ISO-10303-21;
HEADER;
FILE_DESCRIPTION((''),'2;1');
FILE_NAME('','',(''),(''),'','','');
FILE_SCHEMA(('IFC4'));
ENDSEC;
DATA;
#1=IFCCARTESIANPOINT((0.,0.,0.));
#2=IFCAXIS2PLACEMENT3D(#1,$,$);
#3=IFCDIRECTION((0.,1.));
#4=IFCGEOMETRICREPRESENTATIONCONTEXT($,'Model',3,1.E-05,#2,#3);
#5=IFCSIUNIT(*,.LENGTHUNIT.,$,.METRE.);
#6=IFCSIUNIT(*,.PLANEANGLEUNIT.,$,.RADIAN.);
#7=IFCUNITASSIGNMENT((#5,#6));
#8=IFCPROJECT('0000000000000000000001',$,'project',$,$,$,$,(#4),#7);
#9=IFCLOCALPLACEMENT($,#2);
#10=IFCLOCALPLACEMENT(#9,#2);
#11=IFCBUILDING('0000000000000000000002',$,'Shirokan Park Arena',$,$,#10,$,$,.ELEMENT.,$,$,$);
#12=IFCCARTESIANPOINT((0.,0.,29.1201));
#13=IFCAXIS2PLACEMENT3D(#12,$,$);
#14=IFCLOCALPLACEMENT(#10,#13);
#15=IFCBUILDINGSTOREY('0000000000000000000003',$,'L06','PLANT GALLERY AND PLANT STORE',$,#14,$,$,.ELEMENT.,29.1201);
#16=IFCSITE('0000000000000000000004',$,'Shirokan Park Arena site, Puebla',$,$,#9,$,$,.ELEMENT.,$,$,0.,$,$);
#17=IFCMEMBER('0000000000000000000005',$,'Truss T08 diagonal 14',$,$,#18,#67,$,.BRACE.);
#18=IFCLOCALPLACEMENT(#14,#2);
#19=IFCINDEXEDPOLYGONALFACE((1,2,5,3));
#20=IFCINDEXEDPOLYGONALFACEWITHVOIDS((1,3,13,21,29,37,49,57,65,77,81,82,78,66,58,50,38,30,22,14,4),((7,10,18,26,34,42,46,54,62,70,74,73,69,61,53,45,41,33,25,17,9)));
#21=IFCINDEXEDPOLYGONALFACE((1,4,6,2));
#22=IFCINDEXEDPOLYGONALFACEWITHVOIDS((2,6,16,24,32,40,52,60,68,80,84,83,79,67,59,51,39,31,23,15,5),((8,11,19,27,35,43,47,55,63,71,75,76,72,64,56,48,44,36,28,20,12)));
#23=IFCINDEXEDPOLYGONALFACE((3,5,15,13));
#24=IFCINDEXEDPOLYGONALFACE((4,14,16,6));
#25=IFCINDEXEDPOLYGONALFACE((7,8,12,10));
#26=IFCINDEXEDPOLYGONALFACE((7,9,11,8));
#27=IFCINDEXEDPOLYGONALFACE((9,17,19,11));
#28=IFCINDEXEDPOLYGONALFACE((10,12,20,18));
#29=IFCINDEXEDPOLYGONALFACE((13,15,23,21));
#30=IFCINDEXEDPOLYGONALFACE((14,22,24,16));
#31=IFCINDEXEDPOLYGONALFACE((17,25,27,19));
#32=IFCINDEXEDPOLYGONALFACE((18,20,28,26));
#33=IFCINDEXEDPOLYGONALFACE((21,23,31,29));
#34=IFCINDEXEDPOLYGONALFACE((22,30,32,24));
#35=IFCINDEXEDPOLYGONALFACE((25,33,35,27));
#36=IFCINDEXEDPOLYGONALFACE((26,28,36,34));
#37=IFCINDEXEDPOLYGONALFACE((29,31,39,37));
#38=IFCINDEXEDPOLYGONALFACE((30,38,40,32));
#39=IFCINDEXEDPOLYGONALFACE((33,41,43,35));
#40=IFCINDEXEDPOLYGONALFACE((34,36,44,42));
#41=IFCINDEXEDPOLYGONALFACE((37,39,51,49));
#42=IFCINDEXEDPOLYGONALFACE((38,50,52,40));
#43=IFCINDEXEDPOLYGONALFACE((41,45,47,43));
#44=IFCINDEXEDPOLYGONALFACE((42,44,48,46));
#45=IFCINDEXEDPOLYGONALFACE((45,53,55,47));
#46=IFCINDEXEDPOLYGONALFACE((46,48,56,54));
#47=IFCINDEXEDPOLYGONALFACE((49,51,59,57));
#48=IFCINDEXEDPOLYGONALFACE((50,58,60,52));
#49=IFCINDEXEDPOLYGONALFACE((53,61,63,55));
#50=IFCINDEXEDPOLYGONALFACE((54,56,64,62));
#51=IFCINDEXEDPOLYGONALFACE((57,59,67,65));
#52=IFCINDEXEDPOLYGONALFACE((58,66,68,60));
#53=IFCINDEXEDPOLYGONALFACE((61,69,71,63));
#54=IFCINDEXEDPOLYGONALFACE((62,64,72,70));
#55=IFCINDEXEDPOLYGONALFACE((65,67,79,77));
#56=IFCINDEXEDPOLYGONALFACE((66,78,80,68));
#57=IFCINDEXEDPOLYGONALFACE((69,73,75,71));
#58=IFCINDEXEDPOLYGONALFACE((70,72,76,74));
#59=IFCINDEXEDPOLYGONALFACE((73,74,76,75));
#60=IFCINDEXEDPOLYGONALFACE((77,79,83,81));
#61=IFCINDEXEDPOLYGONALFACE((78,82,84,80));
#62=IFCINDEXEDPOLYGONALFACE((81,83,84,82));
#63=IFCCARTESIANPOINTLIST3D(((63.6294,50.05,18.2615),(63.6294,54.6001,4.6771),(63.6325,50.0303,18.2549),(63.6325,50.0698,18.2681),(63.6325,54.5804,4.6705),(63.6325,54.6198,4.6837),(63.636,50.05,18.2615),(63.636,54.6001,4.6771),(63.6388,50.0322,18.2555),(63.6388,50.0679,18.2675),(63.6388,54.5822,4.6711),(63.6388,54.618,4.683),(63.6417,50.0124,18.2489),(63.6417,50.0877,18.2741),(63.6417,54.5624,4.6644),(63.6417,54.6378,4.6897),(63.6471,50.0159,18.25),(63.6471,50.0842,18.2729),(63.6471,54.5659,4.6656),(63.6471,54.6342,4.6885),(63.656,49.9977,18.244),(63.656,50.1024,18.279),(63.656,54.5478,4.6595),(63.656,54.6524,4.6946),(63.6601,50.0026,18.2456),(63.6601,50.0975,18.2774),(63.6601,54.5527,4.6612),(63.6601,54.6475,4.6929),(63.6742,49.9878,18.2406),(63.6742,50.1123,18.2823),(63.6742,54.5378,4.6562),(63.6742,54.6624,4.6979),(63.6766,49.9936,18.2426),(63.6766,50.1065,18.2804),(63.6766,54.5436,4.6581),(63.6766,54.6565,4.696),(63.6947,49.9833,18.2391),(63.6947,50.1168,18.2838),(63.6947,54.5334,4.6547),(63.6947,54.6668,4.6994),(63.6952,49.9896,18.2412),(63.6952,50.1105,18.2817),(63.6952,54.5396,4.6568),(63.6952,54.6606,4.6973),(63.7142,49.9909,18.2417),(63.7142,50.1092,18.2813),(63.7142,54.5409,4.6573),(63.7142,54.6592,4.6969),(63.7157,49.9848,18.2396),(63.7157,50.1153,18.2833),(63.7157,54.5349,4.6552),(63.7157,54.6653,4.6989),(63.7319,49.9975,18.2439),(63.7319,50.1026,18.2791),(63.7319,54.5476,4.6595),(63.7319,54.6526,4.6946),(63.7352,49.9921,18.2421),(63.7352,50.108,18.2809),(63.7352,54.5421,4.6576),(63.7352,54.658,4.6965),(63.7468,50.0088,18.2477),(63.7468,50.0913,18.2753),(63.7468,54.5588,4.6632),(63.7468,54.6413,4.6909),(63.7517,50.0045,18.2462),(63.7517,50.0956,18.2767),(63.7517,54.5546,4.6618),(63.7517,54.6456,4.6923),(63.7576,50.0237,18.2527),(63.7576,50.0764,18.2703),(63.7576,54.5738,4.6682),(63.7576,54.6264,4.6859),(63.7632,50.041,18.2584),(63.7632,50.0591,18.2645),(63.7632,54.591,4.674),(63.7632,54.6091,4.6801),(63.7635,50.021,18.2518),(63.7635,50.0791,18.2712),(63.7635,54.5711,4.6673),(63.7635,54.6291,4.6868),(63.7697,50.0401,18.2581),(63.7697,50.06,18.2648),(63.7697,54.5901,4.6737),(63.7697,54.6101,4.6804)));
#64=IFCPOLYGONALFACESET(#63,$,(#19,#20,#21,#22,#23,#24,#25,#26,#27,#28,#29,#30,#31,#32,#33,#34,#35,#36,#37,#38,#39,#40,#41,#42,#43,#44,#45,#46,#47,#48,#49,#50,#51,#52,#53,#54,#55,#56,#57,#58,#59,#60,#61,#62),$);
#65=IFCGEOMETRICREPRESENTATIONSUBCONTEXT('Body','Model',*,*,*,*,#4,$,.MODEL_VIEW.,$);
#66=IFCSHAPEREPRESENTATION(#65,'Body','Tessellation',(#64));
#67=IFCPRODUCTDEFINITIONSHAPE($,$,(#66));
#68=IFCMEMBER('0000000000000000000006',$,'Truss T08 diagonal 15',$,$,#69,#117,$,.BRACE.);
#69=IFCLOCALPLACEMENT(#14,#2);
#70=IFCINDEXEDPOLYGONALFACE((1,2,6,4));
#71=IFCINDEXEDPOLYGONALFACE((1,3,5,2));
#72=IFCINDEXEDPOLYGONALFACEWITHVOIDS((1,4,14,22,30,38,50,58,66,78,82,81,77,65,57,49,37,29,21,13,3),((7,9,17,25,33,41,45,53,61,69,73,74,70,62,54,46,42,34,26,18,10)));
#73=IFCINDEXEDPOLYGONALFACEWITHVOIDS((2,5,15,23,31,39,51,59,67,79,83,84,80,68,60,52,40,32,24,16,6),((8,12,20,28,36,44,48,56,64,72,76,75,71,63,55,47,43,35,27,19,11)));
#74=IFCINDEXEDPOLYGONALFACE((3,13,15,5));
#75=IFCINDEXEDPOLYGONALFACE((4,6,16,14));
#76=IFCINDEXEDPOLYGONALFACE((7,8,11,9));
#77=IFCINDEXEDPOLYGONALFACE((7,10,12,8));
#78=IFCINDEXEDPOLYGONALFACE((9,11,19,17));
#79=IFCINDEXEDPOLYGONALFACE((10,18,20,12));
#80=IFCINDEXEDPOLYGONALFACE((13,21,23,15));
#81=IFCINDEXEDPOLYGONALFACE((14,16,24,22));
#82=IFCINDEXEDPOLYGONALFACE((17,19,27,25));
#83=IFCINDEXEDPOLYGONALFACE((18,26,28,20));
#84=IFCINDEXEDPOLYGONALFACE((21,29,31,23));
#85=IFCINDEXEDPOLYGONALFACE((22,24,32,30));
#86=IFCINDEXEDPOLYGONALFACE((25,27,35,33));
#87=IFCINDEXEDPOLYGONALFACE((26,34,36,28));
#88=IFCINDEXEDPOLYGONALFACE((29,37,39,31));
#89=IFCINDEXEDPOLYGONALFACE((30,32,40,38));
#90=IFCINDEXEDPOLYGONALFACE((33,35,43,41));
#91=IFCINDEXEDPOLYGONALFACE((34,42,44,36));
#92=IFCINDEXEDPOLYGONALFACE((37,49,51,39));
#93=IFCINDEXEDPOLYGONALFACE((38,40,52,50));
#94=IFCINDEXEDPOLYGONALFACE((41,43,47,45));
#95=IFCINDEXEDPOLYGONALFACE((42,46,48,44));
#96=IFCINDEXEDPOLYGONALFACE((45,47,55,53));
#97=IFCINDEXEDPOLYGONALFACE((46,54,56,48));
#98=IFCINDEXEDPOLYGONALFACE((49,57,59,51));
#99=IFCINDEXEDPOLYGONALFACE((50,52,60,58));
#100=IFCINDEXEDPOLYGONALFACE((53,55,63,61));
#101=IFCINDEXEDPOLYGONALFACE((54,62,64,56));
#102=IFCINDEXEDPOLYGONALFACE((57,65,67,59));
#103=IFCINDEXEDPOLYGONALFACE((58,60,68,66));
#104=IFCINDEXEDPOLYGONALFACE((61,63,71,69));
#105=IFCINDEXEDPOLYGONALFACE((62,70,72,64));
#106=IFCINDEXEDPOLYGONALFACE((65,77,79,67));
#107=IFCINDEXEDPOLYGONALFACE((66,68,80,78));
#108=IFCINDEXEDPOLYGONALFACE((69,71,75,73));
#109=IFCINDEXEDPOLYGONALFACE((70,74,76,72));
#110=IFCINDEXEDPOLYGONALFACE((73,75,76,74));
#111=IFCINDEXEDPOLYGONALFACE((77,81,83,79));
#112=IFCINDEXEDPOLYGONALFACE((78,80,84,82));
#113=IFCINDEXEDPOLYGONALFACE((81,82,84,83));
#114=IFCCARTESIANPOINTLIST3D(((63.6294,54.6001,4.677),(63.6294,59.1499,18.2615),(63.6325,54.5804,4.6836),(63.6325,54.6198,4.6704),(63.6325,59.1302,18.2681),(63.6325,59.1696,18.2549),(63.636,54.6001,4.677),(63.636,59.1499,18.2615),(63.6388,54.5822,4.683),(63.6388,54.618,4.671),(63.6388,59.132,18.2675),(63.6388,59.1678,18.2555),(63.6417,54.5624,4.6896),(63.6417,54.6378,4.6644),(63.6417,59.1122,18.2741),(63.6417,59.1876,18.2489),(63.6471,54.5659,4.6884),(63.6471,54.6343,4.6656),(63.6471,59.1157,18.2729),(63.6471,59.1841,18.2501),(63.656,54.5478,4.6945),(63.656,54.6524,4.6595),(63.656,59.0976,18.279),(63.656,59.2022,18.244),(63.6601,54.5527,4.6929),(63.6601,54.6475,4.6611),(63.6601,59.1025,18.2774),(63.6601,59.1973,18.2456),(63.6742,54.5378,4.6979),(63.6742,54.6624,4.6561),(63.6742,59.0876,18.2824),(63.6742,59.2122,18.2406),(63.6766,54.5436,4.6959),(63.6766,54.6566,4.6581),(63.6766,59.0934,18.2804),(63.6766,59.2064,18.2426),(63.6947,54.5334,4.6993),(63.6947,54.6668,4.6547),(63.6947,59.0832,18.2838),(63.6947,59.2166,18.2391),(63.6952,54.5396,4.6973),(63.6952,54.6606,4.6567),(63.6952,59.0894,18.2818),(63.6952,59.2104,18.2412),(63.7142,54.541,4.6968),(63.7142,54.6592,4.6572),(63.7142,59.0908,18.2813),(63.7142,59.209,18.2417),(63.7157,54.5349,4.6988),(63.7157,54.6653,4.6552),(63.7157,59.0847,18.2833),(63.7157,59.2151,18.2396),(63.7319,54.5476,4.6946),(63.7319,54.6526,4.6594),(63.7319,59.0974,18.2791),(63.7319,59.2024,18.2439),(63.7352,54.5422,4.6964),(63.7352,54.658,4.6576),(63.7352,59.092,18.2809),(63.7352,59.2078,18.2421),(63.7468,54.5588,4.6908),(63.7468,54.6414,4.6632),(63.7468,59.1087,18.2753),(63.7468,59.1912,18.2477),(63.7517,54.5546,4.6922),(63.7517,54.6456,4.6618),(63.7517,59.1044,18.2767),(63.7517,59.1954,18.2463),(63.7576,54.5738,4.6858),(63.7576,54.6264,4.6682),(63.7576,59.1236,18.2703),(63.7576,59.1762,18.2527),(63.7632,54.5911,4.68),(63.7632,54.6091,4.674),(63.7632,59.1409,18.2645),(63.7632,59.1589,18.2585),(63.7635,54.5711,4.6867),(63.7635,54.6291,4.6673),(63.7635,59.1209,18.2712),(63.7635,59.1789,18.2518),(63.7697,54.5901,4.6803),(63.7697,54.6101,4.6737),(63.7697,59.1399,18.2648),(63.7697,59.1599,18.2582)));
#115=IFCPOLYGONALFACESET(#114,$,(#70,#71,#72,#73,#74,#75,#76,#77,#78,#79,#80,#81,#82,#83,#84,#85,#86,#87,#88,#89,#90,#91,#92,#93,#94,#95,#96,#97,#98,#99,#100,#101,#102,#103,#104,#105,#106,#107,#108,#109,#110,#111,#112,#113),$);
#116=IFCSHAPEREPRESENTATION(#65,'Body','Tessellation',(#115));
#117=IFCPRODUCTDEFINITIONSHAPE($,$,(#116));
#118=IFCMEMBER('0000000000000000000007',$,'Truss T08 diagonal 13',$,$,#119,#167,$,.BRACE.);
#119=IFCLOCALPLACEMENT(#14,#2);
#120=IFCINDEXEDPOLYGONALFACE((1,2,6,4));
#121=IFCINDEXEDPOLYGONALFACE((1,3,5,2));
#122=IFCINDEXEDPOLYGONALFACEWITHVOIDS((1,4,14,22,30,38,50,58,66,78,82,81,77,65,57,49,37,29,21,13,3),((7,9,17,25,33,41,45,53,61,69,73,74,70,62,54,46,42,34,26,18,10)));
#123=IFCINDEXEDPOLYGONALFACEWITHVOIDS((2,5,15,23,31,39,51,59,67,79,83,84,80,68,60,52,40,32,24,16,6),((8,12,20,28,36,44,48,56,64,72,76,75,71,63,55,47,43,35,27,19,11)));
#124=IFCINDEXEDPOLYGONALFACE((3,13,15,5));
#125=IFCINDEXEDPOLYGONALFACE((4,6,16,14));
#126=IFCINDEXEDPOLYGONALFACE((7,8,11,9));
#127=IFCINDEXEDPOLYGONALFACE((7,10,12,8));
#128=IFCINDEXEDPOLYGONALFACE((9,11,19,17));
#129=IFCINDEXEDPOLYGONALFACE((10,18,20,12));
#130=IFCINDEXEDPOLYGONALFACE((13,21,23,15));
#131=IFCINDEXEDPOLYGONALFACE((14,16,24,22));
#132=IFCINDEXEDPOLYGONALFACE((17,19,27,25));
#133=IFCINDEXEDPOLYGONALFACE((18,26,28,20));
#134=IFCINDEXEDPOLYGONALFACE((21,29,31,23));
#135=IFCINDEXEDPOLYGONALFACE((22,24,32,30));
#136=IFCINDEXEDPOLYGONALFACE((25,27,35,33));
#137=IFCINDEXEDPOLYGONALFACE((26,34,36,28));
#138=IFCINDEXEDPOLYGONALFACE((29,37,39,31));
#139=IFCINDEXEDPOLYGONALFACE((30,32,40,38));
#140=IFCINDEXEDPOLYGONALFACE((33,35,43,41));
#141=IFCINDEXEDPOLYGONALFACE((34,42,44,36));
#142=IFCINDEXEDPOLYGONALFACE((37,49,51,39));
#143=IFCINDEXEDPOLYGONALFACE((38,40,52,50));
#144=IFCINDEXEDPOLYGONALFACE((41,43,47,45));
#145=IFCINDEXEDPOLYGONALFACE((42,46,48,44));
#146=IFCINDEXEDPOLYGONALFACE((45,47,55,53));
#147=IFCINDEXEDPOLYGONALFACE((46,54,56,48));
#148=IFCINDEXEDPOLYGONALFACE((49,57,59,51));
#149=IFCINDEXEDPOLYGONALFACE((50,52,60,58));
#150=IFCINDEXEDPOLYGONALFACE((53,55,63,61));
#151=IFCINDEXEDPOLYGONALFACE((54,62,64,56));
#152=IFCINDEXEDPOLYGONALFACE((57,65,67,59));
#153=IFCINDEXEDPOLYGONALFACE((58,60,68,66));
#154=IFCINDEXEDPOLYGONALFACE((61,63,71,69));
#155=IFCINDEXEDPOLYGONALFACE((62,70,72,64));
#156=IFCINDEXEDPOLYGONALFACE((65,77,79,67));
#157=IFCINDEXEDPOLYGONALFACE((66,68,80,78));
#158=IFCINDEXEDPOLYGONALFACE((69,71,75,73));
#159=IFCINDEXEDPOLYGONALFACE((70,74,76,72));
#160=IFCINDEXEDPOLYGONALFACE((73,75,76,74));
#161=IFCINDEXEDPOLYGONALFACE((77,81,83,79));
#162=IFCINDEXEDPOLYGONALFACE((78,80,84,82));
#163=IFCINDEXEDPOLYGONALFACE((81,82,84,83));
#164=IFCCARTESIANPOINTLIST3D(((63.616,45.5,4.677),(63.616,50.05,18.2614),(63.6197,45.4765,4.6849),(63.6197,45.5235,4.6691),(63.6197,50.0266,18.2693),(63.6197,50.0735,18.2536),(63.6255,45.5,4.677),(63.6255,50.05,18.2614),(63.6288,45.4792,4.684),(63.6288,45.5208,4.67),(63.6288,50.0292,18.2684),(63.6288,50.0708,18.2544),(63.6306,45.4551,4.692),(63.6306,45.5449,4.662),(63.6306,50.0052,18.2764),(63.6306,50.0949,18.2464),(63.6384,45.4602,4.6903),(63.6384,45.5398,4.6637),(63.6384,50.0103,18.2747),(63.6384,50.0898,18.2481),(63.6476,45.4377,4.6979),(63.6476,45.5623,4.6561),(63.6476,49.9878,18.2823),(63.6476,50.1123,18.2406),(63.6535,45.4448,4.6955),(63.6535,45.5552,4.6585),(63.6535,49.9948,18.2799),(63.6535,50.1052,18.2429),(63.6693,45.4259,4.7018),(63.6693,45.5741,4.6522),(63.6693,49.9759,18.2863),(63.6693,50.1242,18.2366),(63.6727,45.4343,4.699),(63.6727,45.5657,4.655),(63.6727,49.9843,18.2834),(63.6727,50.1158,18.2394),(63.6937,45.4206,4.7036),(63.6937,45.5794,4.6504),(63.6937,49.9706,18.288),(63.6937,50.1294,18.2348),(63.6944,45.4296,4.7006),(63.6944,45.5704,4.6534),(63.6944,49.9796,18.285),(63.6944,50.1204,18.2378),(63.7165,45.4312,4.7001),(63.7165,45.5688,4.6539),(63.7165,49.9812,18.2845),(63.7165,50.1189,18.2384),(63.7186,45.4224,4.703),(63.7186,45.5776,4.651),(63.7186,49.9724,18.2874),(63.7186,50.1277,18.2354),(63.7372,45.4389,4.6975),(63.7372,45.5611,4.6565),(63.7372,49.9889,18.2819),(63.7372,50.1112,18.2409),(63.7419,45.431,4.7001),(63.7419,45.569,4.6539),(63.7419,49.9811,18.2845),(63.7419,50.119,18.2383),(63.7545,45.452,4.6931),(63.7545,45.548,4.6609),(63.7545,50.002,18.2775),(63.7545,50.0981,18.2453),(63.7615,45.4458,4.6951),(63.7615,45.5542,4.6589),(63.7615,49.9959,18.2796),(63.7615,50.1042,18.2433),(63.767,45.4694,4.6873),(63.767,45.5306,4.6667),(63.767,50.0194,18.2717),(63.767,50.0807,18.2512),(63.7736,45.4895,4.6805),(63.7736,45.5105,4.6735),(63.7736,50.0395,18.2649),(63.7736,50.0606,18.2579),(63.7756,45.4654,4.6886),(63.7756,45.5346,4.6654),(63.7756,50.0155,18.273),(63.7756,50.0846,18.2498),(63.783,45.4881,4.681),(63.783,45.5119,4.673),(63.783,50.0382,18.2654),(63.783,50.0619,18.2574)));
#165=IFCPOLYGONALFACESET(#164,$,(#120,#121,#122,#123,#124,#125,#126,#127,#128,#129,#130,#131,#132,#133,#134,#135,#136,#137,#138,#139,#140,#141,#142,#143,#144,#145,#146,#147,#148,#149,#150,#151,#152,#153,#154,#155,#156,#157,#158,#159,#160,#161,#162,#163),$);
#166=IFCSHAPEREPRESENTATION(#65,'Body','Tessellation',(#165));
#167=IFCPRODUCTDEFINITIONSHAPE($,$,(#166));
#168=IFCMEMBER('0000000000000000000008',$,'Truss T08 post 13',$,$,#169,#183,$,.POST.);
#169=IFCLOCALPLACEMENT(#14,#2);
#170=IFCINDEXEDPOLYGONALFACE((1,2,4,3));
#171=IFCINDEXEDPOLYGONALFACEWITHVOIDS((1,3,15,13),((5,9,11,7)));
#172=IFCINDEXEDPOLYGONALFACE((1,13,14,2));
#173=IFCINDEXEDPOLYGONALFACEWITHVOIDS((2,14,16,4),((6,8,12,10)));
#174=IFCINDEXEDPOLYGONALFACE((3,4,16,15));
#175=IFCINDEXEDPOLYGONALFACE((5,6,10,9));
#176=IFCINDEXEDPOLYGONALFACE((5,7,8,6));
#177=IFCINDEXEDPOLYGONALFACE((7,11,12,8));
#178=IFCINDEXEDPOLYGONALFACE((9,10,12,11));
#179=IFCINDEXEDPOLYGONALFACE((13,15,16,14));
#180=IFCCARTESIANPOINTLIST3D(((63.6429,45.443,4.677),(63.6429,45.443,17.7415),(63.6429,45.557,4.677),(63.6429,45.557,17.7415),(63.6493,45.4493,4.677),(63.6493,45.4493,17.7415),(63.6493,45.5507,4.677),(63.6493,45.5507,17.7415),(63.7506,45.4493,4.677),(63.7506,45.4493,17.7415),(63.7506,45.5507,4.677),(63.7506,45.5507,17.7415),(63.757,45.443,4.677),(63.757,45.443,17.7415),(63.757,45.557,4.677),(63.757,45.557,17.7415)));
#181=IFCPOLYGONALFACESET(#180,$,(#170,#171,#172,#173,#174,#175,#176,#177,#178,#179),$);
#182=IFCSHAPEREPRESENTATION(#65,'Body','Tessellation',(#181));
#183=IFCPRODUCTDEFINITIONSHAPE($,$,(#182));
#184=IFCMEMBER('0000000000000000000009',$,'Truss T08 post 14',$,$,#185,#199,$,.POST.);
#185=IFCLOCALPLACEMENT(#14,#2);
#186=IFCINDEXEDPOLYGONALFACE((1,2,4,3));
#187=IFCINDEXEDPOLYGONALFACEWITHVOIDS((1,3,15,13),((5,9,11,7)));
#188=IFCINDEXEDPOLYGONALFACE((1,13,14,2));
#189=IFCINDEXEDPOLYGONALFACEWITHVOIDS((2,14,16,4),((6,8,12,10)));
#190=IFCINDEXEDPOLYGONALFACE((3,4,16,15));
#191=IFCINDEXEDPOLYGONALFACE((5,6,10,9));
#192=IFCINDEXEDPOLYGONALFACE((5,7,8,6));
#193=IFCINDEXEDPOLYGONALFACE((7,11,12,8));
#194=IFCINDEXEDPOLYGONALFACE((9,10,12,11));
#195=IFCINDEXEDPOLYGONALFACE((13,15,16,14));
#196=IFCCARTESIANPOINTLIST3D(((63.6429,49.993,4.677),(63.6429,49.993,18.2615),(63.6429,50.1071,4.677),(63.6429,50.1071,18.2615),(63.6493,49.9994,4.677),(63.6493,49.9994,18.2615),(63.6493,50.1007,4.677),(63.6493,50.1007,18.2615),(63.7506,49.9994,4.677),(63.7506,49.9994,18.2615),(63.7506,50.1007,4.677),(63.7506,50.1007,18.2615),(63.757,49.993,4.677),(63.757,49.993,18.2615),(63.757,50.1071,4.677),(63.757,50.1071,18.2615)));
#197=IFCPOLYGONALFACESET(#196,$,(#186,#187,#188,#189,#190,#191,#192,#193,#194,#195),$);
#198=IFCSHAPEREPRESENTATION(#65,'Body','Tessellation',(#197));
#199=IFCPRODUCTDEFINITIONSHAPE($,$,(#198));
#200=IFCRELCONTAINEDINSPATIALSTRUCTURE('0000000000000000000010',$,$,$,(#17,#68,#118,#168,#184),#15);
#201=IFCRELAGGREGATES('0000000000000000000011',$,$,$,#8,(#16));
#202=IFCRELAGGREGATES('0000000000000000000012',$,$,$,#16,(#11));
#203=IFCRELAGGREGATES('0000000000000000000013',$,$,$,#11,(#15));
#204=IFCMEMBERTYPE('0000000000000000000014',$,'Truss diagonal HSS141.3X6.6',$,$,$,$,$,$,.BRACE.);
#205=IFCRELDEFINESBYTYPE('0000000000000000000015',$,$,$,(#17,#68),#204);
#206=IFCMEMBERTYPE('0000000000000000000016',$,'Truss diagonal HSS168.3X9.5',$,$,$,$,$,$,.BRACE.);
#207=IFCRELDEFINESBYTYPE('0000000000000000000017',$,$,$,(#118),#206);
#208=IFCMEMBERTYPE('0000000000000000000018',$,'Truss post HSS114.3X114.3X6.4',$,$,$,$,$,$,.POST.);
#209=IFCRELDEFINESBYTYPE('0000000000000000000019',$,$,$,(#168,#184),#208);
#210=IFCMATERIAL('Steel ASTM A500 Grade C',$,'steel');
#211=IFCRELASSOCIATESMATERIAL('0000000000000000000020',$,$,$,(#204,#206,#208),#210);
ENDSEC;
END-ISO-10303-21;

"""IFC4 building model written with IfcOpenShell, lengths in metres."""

from ifc_helpers import new_model, si_unit, direction, frame, origin, origin_2d, place, context, subcontext, project, spatial, hollow_rectangle, hollow_circle, extrude, material, material_profile, profile_set, type_object, element, save


model = new_model("IFC4")

# Units and contexts
model_context = context("Model", 3, precision=1e-05, world=origin(), true_north=direction((0.0, 1.0)))
body_context = subcontext(model_context, "Body", "Model", "MODEL_VIEW")
ifc_project = project(units=[si_unit("LENGTHUNIT", "METRE"), si_unit("PLANEANGLEUNIT", "RADIAN")], contexts=[model_context])

# Site, building, storey
site_placement = place(None, origin())
site = spatial("IfcSite", under=ifc_project, at=site_placement, Name="Shirokan Park Arena site, Puebla", CompositionType="ELEMENT", RefElevation=0.0)
building_placement = place(site_placement, origin())
building = spatial("IfcBuilding", under=site, at=building_placement, Name="Shirokan Park Arena", CompositionType="ELEMENT")
storey_placement = place(building_placement, frame((0.0, 0.0, 29.1201)))
storey = spatial("IfcBuildingStorey", under=building, at=storey_placement, Name="L06", Description="PLANT GALLERY AND PLANT STORE", CompositionType="ELEMENT", Elevation=29.1201)

# Members
ifc_material_1 = material(Name="Steel ASTM A500 Grade C", Category="steel")
ifc_material_profile_1 = material_profile(ifc_material_1, hollow_circle(Radius=0.0706, WallThickness=0.0066, at=origin_2d()), Name="HSS141.3X6.6")
ifc_profile_set_1 = profile_set([ifc_material_profile_1], Name="Steel ASTM A500 Grade C")
member_type_1 = type_object("IfcMemberType", Name="Truss diagonal HSS141.3X6.6", PredefinedType="BRACE", material=ifc_profile_set_1)
for number, where, z_axis, x_axis, name in (
    (1, (63.7, 50.05, 18.2615), (0.0, 0.317603, -0.948224), (-1.0, 0.0, 0.0), "Truss T08 diagonal 14"),
    (2, (63.7, 54.6001, 4.677), (0.0, 0.317587, 0.948229), (-1.0, 0.0, 0.0), "Truss T08 diagonal 15"),
):
    element("IfcMember", number, at=place(storey_placement, frame(where, z_axis=z_axis, x_axis=x_axis)), inside=storey, type_object=member_type_1, Name=name, PredefinedType="BRACE", context=body_context, shape_type="SweptSolid", body=[
        extrude(hollow_circle(Radius=0.0706, WallThickness=0.0066, at=origin_2d()), origin(), (0.0, 0.0, 1.0), 14.3262),
    ])
ifc_material_profile_2 = material_profile(ifc_material_1, hollow_circle(Radius=0.084, WallThickness=0.0095, at=origin_2d()), Name="HSS168.3X9.5")
ifc_profile_set_2 = profile_set([ifc_material_profile_2], Name="Steel ASTM A500 Grade C")
member_type_2 = type_object("IfcMemberType", Name="Truss diagonal HSS168.3X9.5", PredefinedType="BRACE", material=ifc_profile_set_2)
member_1_placement = place(storey_placement, frame((63.7, 45.5, 4.677), z_axis=(0.0, 0.317603, 0.948224), x_axis=(-1.0, 0.0, 0.0)))
element("IfcMember", 3, at=member_1_placement, inside=storey, type_object=member_type_2, Name="Truss T08 diagonal 13", PredefinedType="BRACE", context=body_context, shape_type="SweptSolid", body=[
    extrude(hollow_circle(Radius=0.084, WallThickness=0.0095, at=origin_2d()), origin(), (0.0, 0.0, 1.0), 14.3262),
])
ifc_material_profile_3 = material_profile(ifc_material_1, hollow_rectangle(XDim=0.114, YDim=0.114, WallThickness=0.0063, at=origin_2d()), Name="HSS114.3X114.3X6.4")
ifc_profile_set_3 = profile_set([ifc_material_profile_3], Name="Steel ASTM A500 Grade C")
member_type_3 = type_object("IfcMemberType", Name="Truss post HSS114.3X114.3X6.4", PredefinedType="POST", material=ifc_profile_set_3)
member_2_placement = place(storey_placement, frame((63.7, 45.5, 4.677), z_axis=(0.0, 0.0, 1.0), x_axis=(1.0, 0.0, 0.0)))
element("IfcMember", 4, at=member_2_placement, inside=storey, type_object=member_type_3, Name="Truss T08 post 13", PredefinedType="POST", context=body_context, shape_type="SweptSolid", body=[
    extrude(hollow_rectangle(XDim=0.114, YDim=0.114, WallThickness=0.0063, at=origin_2d()), origin(), (0.0, 0.0, 1.0), 13.0645),
])
member_3_placement = place(storey_placement, frame((63.7, 50.05, 4.677), z_axis=(0.0, 0.0, 1.0), x_axis=(1.0, 0.0, 0.0)))
element("IfcMember", 5, at=member_3_placement, inside=storey, type_object=member_type_3, Name="Truss T08 post 14", PredefinedType="POST", context=body_context, shape_type="SweptSolid", body=[
    extrude(hollow_rectangle(XDim=0.114, YDim=0.114, WallThickness=0.0063, at=origin_2d()), origin(), (0.0, 0.0, 1.0), 13.5845),
])

save(model, "model.ifc")
